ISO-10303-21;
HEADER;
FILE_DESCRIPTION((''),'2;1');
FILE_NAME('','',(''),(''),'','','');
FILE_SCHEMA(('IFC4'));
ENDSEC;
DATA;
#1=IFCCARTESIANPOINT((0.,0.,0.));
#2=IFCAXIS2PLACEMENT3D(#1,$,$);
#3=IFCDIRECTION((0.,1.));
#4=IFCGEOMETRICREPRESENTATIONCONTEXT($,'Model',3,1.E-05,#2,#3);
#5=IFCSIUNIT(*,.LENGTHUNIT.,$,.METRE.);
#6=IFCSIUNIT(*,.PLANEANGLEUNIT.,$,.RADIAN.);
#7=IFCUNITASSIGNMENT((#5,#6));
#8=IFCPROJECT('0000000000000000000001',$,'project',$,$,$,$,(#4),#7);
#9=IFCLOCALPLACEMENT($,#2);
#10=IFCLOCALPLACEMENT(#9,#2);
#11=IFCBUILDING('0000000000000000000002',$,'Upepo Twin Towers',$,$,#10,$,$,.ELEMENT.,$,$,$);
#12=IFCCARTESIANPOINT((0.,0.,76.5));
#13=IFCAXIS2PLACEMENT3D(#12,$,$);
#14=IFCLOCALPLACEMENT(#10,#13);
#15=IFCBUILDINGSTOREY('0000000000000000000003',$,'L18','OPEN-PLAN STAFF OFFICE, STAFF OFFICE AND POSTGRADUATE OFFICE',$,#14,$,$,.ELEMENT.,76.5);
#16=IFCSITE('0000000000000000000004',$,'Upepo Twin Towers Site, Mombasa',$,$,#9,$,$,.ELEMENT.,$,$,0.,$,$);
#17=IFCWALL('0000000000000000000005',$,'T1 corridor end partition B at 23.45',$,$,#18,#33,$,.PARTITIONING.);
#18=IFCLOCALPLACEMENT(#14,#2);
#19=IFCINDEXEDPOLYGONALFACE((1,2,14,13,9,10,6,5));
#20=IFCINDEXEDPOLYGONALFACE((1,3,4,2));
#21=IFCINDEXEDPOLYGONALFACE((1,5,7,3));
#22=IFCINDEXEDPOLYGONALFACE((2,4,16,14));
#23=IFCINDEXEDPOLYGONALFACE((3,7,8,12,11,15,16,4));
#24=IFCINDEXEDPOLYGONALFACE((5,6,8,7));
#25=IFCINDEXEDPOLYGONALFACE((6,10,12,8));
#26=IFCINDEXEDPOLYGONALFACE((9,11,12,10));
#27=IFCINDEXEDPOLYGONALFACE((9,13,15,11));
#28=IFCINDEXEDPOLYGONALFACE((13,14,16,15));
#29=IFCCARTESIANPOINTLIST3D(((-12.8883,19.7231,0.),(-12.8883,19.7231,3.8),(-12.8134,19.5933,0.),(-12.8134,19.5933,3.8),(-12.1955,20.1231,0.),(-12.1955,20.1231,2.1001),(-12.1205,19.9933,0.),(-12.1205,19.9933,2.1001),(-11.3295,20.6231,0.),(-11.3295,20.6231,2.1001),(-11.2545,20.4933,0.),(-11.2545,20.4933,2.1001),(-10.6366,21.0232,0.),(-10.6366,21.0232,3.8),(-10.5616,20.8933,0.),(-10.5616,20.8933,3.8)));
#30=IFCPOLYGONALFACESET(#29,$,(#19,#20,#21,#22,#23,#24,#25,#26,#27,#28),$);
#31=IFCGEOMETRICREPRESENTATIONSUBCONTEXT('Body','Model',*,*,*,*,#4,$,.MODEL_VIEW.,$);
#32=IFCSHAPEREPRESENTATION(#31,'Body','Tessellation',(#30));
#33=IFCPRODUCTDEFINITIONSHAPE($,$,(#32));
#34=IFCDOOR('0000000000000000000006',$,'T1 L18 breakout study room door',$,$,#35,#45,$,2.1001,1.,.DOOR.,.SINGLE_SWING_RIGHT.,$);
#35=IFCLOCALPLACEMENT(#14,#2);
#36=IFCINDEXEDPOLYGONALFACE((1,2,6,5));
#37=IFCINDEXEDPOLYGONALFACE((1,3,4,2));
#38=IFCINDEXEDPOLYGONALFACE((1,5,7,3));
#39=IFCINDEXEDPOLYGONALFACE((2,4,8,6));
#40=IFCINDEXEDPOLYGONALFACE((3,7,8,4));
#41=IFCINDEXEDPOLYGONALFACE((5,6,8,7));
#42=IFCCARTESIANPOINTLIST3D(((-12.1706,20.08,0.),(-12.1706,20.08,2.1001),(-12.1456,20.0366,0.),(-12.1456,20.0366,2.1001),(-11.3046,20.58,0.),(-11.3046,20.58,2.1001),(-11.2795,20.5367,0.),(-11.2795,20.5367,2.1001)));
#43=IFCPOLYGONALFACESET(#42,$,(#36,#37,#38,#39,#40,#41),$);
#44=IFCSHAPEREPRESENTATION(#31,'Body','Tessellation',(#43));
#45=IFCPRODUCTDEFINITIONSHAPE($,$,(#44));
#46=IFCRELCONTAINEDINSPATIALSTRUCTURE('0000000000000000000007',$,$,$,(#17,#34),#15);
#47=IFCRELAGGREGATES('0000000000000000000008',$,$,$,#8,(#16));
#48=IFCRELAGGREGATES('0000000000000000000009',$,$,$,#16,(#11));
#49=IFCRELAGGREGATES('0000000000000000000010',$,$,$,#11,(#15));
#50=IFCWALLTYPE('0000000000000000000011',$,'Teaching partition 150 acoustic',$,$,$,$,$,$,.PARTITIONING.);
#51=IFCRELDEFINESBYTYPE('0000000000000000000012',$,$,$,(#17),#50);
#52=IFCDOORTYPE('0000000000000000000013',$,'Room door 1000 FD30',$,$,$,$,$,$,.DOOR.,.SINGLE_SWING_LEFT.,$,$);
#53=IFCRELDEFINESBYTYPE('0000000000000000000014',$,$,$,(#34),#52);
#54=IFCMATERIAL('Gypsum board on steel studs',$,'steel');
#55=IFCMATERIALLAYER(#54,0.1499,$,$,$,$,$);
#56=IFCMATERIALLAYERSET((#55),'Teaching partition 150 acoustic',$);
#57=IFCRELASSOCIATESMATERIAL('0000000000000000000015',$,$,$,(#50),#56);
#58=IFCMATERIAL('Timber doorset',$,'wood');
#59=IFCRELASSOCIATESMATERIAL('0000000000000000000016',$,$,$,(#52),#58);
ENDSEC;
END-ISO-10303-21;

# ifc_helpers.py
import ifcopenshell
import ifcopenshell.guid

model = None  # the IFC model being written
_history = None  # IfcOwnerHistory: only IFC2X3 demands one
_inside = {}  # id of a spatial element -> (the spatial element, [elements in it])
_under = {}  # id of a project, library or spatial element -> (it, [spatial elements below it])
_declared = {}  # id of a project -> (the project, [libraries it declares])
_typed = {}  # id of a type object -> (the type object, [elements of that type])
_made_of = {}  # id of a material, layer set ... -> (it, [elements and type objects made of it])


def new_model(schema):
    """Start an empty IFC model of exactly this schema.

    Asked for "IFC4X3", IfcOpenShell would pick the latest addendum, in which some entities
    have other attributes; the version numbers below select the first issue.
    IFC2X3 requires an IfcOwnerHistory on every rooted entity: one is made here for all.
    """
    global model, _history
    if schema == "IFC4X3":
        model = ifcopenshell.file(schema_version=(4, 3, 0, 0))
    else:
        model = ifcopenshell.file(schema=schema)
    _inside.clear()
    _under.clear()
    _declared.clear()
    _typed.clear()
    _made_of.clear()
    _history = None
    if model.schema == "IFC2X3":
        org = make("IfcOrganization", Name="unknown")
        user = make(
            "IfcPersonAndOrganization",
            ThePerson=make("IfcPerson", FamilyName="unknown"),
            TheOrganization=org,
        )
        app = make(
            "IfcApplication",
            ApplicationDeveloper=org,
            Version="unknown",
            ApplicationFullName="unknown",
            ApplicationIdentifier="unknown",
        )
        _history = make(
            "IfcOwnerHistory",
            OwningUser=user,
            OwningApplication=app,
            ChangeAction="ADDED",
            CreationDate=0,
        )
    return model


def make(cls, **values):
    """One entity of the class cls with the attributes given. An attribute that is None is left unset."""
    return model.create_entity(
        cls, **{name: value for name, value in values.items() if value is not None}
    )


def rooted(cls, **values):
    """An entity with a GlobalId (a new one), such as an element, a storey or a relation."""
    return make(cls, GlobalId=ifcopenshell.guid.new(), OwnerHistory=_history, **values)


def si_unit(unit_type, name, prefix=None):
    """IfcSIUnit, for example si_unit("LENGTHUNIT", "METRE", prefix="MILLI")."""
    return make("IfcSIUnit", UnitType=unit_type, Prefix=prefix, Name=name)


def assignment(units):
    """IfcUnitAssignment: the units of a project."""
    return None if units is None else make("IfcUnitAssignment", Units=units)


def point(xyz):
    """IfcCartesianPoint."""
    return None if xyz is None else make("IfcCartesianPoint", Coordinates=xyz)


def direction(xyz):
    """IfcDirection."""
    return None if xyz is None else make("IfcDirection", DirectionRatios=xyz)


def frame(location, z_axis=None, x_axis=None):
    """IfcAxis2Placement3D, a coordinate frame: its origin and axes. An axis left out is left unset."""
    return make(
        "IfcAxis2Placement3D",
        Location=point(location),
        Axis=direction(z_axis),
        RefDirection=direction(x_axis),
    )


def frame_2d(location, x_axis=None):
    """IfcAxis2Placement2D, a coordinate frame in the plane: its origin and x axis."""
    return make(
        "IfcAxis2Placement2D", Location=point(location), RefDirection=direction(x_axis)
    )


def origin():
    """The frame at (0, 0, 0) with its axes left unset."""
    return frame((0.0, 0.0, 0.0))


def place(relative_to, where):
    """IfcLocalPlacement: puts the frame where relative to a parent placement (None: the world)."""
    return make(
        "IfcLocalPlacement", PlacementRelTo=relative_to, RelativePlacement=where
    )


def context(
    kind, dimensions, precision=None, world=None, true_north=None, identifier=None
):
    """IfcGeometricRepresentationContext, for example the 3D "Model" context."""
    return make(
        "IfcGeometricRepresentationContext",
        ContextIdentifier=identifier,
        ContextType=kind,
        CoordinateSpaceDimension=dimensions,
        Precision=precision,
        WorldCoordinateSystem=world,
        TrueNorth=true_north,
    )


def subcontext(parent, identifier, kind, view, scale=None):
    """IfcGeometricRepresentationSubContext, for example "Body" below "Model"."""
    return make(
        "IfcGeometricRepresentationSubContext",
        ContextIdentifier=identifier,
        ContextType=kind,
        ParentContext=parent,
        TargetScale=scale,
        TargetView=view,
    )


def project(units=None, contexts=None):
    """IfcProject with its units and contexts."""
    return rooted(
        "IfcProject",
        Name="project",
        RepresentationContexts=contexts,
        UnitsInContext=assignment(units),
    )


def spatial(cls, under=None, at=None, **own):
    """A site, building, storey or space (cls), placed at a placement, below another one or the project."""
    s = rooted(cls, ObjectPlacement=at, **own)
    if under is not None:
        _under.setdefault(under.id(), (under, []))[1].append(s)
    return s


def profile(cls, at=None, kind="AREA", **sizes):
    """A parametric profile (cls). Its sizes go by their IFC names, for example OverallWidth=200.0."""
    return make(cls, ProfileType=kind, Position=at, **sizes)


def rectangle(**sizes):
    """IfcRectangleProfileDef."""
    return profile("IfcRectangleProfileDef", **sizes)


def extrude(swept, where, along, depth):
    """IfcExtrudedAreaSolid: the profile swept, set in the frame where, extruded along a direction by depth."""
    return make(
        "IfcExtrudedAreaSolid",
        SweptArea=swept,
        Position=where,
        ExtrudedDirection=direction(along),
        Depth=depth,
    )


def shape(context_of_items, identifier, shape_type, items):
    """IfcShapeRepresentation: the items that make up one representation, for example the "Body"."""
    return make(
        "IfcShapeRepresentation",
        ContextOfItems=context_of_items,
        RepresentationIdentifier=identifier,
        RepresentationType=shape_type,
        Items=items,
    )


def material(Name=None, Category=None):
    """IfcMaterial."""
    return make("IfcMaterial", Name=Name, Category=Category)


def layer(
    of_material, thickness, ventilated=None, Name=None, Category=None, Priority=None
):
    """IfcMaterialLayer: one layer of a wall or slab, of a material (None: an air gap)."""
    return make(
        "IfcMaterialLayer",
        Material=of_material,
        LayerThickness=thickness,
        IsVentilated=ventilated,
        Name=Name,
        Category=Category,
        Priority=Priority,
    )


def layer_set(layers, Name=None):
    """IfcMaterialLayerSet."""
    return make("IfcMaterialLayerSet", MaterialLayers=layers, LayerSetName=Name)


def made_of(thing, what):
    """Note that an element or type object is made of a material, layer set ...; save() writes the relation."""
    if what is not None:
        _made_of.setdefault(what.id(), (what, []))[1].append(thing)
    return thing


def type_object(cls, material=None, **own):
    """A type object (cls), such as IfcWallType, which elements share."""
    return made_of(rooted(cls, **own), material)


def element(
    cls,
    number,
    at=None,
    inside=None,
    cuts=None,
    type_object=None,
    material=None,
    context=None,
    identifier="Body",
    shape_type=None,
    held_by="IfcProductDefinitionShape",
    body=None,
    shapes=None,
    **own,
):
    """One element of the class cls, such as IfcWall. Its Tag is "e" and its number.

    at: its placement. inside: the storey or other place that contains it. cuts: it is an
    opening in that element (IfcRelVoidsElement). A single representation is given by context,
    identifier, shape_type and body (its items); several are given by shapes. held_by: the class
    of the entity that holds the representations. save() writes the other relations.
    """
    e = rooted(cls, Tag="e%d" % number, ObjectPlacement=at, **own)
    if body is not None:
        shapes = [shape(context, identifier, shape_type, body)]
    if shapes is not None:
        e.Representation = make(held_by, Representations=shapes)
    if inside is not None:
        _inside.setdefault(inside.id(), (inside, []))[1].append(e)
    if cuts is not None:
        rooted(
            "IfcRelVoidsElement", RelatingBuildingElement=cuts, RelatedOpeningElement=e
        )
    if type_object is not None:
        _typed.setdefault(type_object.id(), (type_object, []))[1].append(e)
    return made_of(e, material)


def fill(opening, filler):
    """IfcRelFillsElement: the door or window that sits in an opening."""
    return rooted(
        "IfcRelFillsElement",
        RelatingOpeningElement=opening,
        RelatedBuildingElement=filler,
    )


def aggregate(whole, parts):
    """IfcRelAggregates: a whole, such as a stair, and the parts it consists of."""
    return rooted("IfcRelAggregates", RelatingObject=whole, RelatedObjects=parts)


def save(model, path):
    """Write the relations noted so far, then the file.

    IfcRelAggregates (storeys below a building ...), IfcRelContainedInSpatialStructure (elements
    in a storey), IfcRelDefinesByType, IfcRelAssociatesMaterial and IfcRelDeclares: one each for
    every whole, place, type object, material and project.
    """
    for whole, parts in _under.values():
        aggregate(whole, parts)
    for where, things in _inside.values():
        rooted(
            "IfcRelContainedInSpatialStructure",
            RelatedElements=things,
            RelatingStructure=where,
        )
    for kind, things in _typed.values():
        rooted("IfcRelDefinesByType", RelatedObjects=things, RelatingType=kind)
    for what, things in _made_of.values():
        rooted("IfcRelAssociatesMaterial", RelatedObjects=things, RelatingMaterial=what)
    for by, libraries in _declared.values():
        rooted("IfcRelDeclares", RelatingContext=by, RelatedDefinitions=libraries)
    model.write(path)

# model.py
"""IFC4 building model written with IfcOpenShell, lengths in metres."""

from ifc_helpers import new_model, si_unit, direction, frame, frame_2d, origin, place, context, subcontext, project, spatial, rectangle, extrude, material, layer, layer_set, type_object, element, fill, save


model = new_model("IFC4")

# Units and contexts
model_context = context("Model", 3, precision=1e-05, world=origin(), true_north=direction((0.0, 1.0)))
body_context = subcontext(model_context, "Body", "Model", "MODEL_VIEW")
ifc_project = project(units=[si_unit("LENGTHUNIT", "METRE"), si_unit("PLANEANGLEUNIT", "RADIAN")], contexts=[model_context])

# Site, building, storey
site_placement = place(None, origin())
site = spatial("IfcSite", under=ifc_project, at=site_placement, Name="Upepo Twin Towers Site, Mombasa", CompositionType="ELEMENT", RefElevation=0.0)
building_placement = place(site_placement, origin())
building = spatial("IfcBuilding", under=site, at=building_placement, Name="Upepo Twin Towers", CompositionType="ELEMENT")
storey_placement = place(building_placement, frame((0.0, 0.0, 76.5)))
storey = spatial("IfcBuildingStorey", under=building, at=storey_placement, Name="L18", Description="OPEN-PLAN STAFF OFFICE, STAFF OFFICE AND POSTGRADUATE OFFICE", CompositionType="ELEMENT", Elevation=76.5)

# Wall, opening, door
ifc_material_1 = material(Name="Gypsum board on steel studs", Category="steel")
ifc_layer_1 = layer(ifc_material_1, 0.1499)
ifc_layer_set_1 = layer_set([ifc_layer_1], Name="Teaching partition 150 acoustic")
wall_type_1 = type_object("IfcWallType", Name="Teaching partition 150 acoustic", PredefinedType="PARTITIONING", material=ifc_layer_set_1)
wall_1_placement = place(storey_placement, frame((-10.5991, 20.9583, 0.0), z_axis=(0.0, 0.0, 1.0), x_axis=(-0.866021, -0.500007, 0.0)))
wall_1 = element("IfcWall", 1, at=wall_1_placement, inside=storey, type_object=wall_type_1, Name="T1 corridor end partition B at 23.45", PredefinedType="PARTITIONING", context=body_context, shape_type="SweptSolid", body=[
    extrude(rectangle(XDim=2.6001, YDim=0.1499, at=frame_2d((1.3, 0.0))), origin(), (0.0, 0.0, 1.0), 3.8),
])
opening_1_placement = place(wall_1_placement, frame((0.8, 0.0, 0.0)))
opening_1 = element("IfcOpeningElement", 2, at=opening_1_placement, cuts=wall_1, PredefinedType="OPENING", context=body_context, shape_type="SweptSolid", body=[
    extrude(rectangle(XDim=1.0, YDim=2.1001, at=frame_2d((0.5, 1.05))), frame((0.0, 0.085, 0.0), z_axis=(0.0, -1.0, 0.0), x_axis=(1.0, 0.0, 0.0)), (0.0, 0.0, 1.0), 0.1699),
])
ifc_material_2 = material(Name="Timber doorset", Category="wood")
door_type_1 = type_object("IfcDoorType", Name="Room door 1000 FD30", OperationType="SINGLE_SWING_LEFT", PredefinedType="DOOR", material=ifc_material_2)
door_1_placement = place(opening_1_placement, origin())
door_1 = element("IfcDoor", 3, at=door_1_placement, inside=storey, type_object=door_type_1, Name="T1 L18 breakout study room door", OperationType="SINGLE_SWING_RIGHT", OverallHeight=2.1001, OverallWidth=1.0, PredefinedType="DOOR", context=body_context, shape_type="SweptSolid", body=[
    extrude(rectangle(XDim=1.0, YDim=2.1001, at=frame_2d((0.5, 1.05))), frame((0.0, 0.0249, 0.0), z_axis=(0.0, -1.0, 0.0), x_axis=(1.0, 0.0, 0.0)), (0.0, 0.0, 1.0), 0.05),
])
fill(opening_1, door_1)

save(model, "model.ifc")
